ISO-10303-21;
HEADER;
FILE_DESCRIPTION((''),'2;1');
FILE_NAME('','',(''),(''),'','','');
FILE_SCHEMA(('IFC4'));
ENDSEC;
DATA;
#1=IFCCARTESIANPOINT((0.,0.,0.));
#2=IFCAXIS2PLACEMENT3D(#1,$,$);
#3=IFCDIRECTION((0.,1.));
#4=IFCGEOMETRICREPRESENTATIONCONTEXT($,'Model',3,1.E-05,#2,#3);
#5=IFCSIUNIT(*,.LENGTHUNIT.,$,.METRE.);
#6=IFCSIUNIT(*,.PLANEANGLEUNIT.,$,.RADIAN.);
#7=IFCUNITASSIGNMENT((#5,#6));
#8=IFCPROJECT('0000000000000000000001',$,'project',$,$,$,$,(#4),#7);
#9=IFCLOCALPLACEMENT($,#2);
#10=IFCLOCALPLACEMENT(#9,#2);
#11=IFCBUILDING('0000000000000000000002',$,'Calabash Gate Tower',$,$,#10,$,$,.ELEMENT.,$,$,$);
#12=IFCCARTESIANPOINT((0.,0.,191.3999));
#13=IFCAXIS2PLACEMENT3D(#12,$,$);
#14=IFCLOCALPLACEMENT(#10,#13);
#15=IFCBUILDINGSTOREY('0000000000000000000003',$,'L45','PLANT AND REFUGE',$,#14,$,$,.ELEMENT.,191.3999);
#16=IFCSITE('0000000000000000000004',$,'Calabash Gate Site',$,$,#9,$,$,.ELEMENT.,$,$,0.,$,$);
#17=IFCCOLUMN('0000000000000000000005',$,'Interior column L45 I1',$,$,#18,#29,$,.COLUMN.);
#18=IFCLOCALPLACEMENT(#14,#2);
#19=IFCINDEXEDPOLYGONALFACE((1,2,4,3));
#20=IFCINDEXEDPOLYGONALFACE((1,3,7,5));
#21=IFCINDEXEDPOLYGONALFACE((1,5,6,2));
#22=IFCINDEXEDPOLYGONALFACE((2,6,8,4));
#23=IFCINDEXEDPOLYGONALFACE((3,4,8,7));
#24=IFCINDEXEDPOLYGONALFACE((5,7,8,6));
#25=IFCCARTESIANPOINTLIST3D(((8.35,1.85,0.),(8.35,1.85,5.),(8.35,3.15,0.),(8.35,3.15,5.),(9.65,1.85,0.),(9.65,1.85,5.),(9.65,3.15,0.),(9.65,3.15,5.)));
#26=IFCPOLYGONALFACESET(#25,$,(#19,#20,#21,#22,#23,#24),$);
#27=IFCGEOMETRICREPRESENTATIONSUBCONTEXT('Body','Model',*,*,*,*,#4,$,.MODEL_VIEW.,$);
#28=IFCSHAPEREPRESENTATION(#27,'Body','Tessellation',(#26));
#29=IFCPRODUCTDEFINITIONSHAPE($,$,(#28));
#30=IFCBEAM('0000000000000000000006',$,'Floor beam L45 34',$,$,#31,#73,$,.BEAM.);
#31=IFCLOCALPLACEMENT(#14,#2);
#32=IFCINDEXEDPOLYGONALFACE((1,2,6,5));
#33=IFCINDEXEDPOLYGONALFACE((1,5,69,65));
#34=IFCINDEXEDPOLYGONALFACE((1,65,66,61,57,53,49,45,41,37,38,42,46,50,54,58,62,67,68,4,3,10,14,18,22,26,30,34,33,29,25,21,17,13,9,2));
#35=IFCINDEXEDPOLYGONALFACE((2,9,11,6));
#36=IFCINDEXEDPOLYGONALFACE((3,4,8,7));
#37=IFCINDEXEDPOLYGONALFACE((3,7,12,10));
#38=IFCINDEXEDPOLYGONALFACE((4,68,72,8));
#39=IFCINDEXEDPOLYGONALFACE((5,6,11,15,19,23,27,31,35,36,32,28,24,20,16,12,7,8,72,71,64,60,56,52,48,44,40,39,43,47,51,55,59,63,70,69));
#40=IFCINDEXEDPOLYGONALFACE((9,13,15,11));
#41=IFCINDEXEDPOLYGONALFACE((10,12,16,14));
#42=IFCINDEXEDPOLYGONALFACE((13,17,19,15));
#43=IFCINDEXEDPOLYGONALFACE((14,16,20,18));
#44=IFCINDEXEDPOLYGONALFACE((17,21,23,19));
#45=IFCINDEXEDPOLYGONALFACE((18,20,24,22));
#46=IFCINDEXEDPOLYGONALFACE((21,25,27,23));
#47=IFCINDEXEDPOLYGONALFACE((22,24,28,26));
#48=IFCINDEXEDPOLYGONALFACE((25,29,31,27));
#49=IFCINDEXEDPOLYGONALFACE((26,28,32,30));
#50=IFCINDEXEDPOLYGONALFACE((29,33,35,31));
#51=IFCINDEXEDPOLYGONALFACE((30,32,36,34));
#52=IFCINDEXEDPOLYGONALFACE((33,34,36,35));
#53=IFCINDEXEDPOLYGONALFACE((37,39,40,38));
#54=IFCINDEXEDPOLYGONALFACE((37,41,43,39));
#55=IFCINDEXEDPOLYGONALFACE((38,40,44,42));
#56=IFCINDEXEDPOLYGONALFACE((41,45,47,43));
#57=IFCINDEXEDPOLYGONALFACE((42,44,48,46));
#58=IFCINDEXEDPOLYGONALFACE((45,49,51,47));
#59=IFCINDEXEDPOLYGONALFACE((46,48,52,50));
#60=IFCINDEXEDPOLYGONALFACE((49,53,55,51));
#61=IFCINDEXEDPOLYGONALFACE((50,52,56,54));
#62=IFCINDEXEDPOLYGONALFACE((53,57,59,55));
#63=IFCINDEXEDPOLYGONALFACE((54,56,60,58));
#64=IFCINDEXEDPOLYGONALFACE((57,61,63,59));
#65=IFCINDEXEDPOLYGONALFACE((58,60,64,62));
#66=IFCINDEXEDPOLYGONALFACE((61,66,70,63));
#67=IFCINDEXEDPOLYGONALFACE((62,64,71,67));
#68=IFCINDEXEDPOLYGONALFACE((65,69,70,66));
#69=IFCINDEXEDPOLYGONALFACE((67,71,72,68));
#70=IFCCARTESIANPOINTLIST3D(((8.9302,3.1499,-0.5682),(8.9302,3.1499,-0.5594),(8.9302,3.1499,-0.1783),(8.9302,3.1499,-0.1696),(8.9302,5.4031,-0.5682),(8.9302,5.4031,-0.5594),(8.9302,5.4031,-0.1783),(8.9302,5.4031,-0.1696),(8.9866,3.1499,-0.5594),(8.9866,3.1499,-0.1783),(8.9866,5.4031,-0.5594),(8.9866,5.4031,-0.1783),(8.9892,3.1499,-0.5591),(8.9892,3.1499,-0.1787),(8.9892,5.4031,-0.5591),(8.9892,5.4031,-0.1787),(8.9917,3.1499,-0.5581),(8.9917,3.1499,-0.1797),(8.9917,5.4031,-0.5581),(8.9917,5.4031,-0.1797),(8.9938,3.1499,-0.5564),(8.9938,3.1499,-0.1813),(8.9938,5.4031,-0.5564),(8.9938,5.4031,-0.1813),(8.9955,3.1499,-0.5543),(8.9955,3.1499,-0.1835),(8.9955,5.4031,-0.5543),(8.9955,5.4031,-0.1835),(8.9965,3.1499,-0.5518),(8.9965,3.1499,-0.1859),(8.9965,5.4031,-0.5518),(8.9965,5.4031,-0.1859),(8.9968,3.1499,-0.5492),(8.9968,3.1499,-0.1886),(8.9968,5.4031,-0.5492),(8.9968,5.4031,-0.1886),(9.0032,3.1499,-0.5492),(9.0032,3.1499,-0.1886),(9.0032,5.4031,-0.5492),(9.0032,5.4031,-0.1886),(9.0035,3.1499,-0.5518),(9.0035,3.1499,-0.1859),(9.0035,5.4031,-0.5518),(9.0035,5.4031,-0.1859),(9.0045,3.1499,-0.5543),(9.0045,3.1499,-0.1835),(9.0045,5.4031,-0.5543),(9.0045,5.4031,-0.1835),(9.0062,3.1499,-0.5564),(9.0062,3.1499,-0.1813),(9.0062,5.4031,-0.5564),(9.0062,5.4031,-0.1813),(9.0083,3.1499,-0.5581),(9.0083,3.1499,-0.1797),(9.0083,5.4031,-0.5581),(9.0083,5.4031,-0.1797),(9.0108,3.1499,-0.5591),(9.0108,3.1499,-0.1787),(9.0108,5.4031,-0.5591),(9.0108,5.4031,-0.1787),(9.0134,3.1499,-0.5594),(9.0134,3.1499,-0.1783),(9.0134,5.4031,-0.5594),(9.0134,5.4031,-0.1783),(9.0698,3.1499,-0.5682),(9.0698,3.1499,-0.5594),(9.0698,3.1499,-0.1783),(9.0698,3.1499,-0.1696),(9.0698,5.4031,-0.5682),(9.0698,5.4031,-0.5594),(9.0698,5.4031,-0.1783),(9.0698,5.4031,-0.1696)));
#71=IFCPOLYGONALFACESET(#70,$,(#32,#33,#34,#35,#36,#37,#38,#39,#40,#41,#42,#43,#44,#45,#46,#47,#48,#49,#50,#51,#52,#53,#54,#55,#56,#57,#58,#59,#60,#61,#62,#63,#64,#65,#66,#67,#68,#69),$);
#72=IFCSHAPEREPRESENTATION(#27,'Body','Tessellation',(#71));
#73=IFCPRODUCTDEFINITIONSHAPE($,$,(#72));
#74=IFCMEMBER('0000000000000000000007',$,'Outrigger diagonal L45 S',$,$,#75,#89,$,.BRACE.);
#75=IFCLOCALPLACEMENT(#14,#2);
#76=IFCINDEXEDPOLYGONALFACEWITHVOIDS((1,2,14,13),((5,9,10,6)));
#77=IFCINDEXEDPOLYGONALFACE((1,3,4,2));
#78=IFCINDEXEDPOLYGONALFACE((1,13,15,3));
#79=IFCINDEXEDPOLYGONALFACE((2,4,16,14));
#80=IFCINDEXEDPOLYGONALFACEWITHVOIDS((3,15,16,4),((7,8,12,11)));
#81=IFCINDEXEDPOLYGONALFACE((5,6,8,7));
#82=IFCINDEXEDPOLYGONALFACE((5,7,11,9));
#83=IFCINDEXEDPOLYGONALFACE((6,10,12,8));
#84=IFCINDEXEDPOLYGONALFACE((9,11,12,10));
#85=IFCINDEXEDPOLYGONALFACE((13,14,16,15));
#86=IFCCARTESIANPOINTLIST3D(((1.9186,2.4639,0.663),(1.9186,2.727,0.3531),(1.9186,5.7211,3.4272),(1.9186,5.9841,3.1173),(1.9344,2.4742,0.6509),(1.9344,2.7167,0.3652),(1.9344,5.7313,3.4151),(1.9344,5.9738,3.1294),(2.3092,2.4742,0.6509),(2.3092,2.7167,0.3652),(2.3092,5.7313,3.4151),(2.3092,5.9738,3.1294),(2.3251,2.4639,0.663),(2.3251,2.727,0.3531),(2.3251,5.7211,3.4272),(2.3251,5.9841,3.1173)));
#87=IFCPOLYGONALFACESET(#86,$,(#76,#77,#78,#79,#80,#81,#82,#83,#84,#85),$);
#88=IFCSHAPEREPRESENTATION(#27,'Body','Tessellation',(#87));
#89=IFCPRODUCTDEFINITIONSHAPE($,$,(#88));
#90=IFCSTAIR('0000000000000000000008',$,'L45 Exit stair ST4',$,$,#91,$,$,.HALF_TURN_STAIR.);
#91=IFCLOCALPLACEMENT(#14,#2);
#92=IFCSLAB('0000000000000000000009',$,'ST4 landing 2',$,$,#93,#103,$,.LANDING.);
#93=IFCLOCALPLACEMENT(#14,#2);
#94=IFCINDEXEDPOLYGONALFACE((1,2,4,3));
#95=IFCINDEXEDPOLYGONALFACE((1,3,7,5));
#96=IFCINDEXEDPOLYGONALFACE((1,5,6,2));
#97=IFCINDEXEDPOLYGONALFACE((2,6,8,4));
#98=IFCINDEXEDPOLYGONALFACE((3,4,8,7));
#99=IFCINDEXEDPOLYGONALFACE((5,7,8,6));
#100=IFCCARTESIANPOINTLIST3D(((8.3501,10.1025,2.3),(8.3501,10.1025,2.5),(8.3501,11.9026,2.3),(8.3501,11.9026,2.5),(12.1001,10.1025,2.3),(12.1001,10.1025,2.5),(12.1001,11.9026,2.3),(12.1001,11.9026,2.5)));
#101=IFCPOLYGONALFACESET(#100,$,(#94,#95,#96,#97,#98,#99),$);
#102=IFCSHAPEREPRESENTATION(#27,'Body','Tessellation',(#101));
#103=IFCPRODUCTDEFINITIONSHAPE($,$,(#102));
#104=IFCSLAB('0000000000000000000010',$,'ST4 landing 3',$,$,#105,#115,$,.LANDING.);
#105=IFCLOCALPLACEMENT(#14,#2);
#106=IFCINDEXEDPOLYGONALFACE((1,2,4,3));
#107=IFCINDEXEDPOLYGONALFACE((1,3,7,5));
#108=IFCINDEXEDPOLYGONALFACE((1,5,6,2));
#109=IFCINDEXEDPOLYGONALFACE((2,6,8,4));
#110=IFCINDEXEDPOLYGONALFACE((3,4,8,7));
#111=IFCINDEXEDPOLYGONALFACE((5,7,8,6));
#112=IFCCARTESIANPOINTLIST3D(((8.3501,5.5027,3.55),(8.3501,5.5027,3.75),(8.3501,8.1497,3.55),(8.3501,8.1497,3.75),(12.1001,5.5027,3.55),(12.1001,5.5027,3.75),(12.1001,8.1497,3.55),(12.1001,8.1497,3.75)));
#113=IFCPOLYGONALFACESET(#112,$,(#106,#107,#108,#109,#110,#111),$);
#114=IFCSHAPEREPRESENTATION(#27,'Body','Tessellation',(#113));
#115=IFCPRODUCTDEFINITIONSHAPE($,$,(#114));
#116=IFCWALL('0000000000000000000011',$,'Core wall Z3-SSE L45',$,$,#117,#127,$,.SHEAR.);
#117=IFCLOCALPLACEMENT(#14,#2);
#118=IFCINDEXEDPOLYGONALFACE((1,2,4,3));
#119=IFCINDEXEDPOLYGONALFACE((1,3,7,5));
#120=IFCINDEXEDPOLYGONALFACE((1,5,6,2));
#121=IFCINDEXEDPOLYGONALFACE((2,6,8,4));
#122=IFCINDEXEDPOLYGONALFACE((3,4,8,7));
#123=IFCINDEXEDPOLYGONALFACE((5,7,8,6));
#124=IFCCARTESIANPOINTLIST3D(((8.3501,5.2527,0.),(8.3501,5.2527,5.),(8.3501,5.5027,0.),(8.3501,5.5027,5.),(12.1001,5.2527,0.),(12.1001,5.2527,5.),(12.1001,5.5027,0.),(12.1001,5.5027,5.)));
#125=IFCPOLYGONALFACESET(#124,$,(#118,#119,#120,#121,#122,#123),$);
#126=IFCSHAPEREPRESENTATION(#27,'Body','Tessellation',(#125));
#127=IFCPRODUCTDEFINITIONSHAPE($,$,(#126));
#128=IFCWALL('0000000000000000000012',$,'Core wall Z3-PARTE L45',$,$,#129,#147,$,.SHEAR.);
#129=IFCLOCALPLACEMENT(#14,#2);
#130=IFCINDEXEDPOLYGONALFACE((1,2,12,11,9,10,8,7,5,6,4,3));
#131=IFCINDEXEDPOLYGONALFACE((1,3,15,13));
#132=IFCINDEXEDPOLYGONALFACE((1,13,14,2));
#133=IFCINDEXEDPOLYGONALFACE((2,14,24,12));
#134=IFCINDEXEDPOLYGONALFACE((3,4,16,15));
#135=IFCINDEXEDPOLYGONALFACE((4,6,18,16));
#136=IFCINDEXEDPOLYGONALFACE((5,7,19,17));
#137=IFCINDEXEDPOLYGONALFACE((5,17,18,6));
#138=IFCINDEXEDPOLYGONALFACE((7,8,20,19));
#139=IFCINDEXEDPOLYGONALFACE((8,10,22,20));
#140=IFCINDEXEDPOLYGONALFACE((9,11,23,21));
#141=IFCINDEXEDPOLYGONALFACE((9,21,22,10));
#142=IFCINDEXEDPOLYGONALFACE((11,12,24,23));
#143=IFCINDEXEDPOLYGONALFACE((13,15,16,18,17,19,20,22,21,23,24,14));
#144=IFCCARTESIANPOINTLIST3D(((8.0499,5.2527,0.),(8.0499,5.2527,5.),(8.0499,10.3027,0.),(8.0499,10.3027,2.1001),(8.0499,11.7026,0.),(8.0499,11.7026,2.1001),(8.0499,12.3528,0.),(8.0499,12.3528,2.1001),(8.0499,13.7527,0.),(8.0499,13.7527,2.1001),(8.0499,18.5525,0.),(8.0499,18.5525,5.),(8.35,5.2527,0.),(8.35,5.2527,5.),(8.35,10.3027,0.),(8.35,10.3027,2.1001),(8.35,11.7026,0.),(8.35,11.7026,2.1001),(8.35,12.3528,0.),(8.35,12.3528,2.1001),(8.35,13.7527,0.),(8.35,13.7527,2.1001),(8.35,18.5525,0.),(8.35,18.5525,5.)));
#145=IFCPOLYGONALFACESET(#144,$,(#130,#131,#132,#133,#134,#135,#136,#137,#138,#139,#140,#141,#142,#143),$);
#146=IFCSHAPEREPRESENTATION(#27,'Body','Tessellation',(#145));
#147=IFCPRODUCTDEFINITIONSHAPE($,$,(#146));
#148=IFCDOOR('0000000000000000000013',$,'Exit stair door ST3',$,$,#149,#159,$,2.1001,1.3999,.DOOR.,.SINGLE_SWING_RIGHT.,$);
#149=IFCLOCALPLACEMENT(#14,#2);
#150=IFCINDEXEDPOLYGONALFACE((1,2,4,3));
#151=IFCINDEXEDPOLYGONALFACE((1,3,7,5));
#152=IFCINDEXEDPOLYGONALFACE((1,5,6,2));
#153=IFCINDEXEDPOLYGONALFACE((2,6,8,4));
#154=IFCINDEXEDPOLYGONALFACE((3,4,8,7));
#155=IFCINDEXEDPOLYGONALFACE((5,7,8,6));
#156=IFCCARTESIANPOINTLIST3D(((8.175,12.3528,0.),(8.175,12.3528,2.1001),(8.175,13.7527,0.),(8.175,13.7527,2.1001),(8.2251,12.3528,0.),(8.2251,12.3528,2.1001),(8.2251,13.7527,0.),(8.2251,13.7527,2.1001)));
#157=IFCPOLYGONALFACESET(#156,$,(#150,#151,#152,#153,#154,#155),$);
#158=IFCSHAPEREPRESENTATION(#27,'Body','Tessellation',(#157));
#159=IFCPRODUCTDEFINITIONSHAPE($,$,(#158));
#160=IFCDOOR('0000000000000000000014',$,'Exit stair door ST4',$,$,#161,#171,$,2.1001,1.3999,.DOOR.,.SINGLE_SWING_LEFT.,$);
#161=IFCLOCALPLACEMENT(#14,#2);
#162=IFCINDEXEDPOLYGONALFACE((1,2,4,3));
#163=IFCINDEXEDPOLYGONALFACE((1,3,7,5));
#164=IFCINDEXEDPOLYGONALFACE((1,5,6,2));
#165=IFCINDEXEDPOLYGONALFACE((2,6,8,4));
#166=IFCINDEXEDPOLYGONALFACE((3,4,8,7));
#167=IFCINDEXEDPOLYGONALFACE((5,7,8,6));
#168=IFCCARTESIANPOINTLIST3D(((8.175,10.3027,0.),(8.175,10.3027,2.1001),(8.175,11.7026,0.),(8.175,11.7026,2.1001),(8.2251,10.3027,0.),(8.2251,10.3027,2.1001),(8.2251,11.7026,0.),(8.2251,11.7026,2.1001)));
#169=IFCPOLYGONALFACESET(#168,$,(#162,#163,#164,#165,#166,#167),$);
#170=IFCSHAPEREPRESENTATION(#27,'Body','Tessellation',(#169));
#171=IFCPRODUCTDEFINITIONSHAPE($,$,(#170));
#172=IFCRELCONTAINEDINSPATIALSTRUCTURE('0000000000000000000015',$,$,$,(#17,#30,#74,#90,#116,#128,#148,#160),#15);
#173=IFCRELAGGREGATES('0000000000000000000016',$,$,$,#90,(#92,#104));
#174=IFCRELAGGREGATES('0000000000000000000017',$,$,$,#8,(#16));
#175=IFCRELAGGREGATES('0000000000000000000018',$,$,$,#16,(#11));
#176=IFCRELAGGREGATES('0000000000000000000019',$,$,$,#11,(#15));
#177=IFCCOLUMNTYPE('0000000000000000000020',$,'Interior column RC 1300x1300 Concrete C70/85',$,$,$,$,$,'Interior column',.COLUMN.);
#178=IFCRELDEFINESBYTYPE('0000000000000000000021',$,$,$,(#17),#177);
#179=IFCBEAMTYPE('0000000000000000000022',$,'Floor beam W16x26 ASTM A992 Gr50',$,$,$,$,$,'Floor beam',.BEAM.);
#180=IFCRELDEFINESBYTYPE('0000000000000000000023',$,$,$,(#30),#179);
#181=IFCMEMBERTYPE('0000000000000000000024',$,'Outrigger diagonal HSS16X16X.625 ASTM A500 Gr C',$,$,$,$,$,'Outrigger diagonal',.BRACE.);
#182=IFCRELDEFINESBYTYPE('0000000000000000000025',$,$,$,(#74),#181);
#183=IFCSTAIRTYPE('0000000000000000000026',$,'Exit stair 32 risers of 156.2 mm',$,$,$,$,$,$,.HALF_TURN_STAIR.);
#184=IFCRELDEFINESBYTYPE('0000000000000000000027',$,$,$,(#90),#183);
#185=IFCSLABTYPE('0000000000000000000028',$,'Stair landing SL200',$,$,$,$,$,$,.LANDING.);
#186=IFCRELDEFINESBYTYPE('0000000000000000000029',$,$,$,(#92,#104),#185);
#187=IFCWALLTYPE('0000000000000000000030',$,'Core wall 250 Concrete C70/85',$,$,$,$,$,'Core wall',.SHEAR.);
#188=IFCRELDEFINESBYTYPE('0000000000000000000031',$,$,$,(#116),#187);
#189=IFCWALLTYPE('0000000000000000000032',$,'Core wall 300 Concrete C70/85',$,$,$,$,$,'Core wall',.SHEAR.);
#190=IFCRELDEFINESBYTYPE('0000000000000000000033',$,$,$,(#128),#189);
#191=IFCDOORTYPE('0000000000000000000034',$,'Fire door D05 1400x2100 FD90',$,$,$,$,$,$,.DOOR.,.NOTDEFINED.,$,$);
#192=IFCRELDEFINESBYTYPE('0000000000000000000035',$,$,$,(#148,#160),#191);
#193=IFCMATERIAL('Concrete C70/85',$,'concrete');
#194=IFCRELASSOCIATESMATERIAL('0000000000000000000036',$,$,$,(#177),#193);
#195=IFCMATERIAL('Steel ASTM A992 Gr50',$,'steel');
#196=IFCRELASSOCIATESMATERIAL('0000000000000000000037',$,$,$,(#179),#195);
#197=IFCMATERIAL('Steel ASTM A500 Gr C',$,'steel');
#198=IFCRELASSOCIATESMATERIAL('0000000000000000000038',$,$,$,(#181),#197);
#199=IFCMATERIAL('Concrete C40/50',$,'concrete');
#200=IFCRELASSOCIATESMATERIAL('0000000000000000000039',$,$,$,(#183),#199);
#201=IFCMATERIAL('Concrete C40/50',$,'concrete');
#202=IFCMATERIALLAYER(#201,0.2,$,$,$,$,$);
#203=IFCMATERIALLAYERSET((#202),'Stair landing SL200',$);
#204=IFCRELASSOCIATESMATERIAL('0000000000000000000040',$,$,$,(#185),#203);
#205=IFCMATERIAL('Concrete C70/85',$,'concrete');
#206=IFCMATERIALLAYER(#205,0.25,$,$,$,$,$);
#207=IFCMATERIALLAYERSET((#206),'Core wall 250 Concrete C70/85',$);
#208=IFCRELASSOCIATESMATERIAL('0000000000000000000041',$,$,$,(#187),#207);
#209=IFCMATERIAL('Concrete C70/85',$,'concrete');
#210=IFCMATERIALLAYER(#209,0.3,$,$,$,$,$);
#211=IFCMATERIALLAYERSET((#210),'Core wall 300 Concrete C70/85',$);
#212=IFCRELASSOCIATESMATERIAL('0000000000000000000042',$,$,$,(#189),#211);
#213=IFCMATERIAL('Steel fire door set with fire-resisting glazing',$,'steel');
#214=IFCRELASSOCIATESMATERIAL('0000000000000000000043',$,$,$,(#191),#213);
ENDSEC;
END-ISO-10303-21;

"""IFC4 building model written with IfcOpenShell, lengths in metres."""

from ifc_helpers import new_model, si_unit, direction, frame, frame_2d, origin, origin_2d, place, context, subcontext, project, spatial, polyline, rectangle, hollow_rectangle, i_section, outline, extrude, material, layer, layer_set, material_profile, profile_set, type_object, element, fill, aggregate, save


model = new_model("IFC4")

# Units and contexts
model_context = context("Model", 3, precision=1e-05, world=origin(), true_north=direction((0.0, 1.0)))
body_context = subcontext(model_context, "Body", "Model", "MODEL_VIEW")
ifc_project = project(units=[si_unit("LENGTHUNIT", "METRE"), si_unit("PLANEANGLEUNIT", "RADIAN")], contexts=[model_context])

# Site, building, storey
site_placement = place(None, origin())
site = spatial("IfcSite", under=ifc_project, at=site_placement, Name="Calabash Gate Site", CompositionType="ELEMENT", RefElevation=0.0)
building_placement = place(site_placement, origin())
building = spatial("IfcBuilding", under=site, at=building_placement, Name="Calabash Gate Tower", CompositionType="ELEMENT")
storey_placement = place(building_placement, frame((0.0, 0.0, 191.3999)))
storey = spatial("IfcBuildingStorey", under=building, at=storey_placement, Name="L45", Description="PLANT AND REFUGE", CompositionType="ELEMENT", Elevation=191.3999)

# Column
ifc_material_1 = material(Name="Concrete C70/85", Category="concrete")
ifc_material_profile_1 = material_profile(ifc_material_1, rectangle(XDim=1.3, YDim=1.3, at=origin_2d()))
ifc_profile_set_1 = profile_set([ifc_material_profile_1], Name="Concrete C70/85")
column_type = type_object("IfcColumnType", Name="Interior column RC 1300x1300 Concrete C70/85", ElementType="Interior column", PredefinedType="COLUMN", material=ifc_profile_set_1)
column_placement = place(storey_placement, frame((9.0, 2.5, 0.0), z_axis=(0.0, 0.0, 1.0), x_axis=(1.0, 0.0, 0.0)))
element("IfcColumn", 1, at=column_placement, inside=storey, type_object=column_type, Name="Interior column L45 I1", PredefinedType="COLUMN", context=body_context, shape_type="SweptSolid", body=[
    extrude(rectangle(XDim=1.3, YDim=1.3, at=origin_2d()), origin(), (0.0, 0.0, 1.0), 5.0),
])

# Beam
ifc_material_2 = material(Name="Steel ASTM A992 Gr50", Category="steel")
ifc_material_profile_2 = material_profile(ifc_material_2, i_section(OverallWidth=0.1396, OverallDepth=0.3987, WebThickness=0.0063, FlangeThickness=0.0088, FilletRadius=0.0103, at=origin_2d()))
ifc_profile_set_2 = profile_set([ifc_material_profile_2], Name="Steel ASTM A992 Gr50")
beam_type = type_object("IfcBeamType", Name="Floor beam W16x26 ASTM A992 Gr50", ElementType="Floor beam", PredefinedType="BEAM", material=ifc_profile_set_2)
beam_placement = place(storey_placement, frame((9.0, 3.1499, -0.3689), z_axis=(0.0, 1.0, 0.0), x_axis=(-1.0, 0.0, 0.0)))
element("IfcBeam", 2, at=beam_placement, inside=storey, type_object=beam_type, Name="Floor beam L45 34", PredefinedType="BEAM", context=body_context, shape_type="SweptSolid", body=[
    extrude(i_section(OverallWidth=0.1396, OverallDepth=0.3987, WebThickness=0.0063, FlangeThickness=0.0088, FilletRadius=0.0103, at=origin_2d()), origin(), (0.0, 0.0, 1.0), 2.2532),
])

# Member
ifc_material_3 = material(Name="Steel ASTM A500 Gr C", Category="steel")
ifc_material_profile_3 = material_profile(ifc_material_3, hollow_rectangle(XDim=0.4065, YDim=0.4065, WallThickness=0.0159, at=origin_2d()))
ifc_profile_set_3 = profile_set([ifc_material_profile_3], Name="Steel ASTM A500 Gr C")
member_type = type_object("IfcMemberType", Name="Outrigger diagonal HSS16X16X.625 ASTM A500 Gr C", ElementType="Outrigger diagonal", PredefinedType="BRACE", material=ifc_profile_set_3)
member_placement = place(storey_placement, frame((2.1218, 2.5955, 0.5081), z_axis=(0.0, 0.762442, 0.647056), x_axis=(-1.0, 0.0, 0.0)))
element("IfcMember", 3, at=member_placement, inside=storey, type_object=member_type, Name="Outrigger diagonal L45 S", PredefinedType="BRACE", context=body_context, shape_type="SweptSolid", body=[
    extrude(hollow_rectangle(XDim=0.4065, YDim=0.4065, WallThickness=0.0159, at=origin_2d()), origin(), (0.0, 0.0, 1.0), 4.272),
])

# Stair, slabs
ifc_material_4 = material(Name="Concrete C40/50", Category="concrete")
stair_type = type_object("IfcStairType", Name="Exit stair 32 risers of 156.2 mm", PredefinedType="HALF_TURN_STAIR", material=ifc_material_4)
stair_placement = place(storey_placement, origin())
stair = element("IfcStair", 4, at=stair_placement, inside=storey, type_object=stair_type, Name="L45 Exit stair ST4", PredefinedType="HALF_TURN_STAIR")
ifc_material_5 = material(Name="Concrete C40/50", Category="concrete")
ifc_layer_1 = layer(ifc_material_5, 0.2)
ifc_layer_set_1 = layer_set([ifc_layer_1], Name="Stair landing SL200")
slab_type = type_object("IfcSlabType", Name="Stair landing SL200", PredefinedType="LANDING", material=ifc_layer_set_1)
slab_1_placement = place(storey_placement, frame((0.0, 0.0, 2.3)))
slab_1 = element("IfcSlab", 5, at=slab_1_placement, type_object=slab_type, Name="ST4 landing 2", PredefinedType="LANDING", context=body_context, shape_type="SweptSolid", body=[
    extrude(outline(polyline([(8.3501, 11.9026), (8.3501, 10.1025), (12.1001, 10.1025), (12.1001, 11.9026), (8.3501, 11.9026)])), origin(), (0.0, 0.0, 1.0), 0.2),
])
slab_2_placement = place(storey_placement, frame((0.0, 0.0, 3.55)))
slab_2 = element("IfcSlab", 6, at=slab_2_placement, type_object=slab_type, Name="ST4 landing 3", PredefinedType="LANDING", context=body_context, shape_type="SweptSolid", body=[
    extrude(outline(polyline([(8.3501, 8.1497), (8.3501, 5.5027), (12.1001, 5.5027), (12.1001, 8.1497), (8.3501, 8.1497)])), origin(), (0.0, 0.0, 1.0), 0.2),
])
aggregate(stair, [slab_1, slab_2])

# Wall
ifc_material_6 = material(Name="Concrete C70/85", Category="concrete")
ifc_layer_2 = layer(ifc_material_6, 0.25)
ifc_layer_set_2 = layer_set([ifc_layer_2], Name="Core wall 250 Concrete C70/85")
wall_type_1 = type_object("IfcWallType", Name="Core wall 250 Concrete C70/85", ElementType="Core wall", PredefinedType="SHEAR", material=ifc_layer_set_2)
wall_1_placement = place(storey_placement, frame((8.3501, 5.3777, 0.0), z_axis=(0.0, 0.0, 1.0), x_axis=(1.0, 0.0, 0.0)))
element("IfcWall", 7, at=wall_1_placement, inside=storey, type_object=wall_type_1, Name="Core wall Z3-SSE L45", PredefinedType="SHEAR", context=body_context, shape_type="SweptSolid", body=[
    extrude(rectangle(XDim=3.75, YDim=0.25, at=frame_2d((1.875, 0.0))), origin(), (0.0, 0.0, 1.0), 5.0),
])

# Wall, openings, doors
ifc_material_7 = material(Name="Concrete C70/85", Category="concrete")
ifc_layer_3 = layer(ifc_material_7, 0.3)
ifc_layer_set_3 = layer_set([ifc_layer_3], Name="Core wall 300 Concrete C70/85")
wall_type_2 = type_object("IfcWallType", Name="Core wall 300 Concrete C70/85", ElementType="Core wall", PredefinedType="SHEAR", material=ifc_layer_set_3)
wall_2_placement = place(storey_placement, frame((8.2, 5.2527, 0.0), z_axis=(0.0, 0.0, 1.0), x_axis=(0.0, 1.0, 0.0)))
wall_2 = element("IfcWall", 8, at=wall_2_placement, inside=storey, type_object=wall_type_2, Name="Core wall Z3-PARTE L45", PredefinedType="SHEAR", context=body_context, shape_type="SweptSolid", body=[
    extrude(rectangle(XDim=13.2998, YDim=0.3, at=frame_2d((6.6499, 0.0))), origin(), (0.0, 0.0, 1.0), 5.0),
])
opening_1_placement = place(wall_2_placement, frame((7.1001, 0.0, 0.0)))
opening_1 = element("IfcOpeningElement", 9, at=opening_1_placement, cuts=wall_2, PredefinedType="OPENING", context=body_context, shape_type="SweptSolid", body=[
    extrude(rectangle(XDim=1.3999, YDim=2.1001, at=frame_2d((0.7, 1.05))), frame((0.0, 0.1599, 0.0), z_axis=(0.0, -1.0, 0.0), x_axis=(1.0, 0.0, 0.0)), (0.0, 0.0, 1.0), 0.3201),
])
opening_2_placement = place(wall_2_placement, frame((5.05, 0.0, 0.0)))
opening_2 = element("IfcOpeningElement", 10, at=opening_2_placement, cuts=wall_2, PredefinedType="OPENING", context=body_context, shape_type="SweptSolid", body=[
    extrude(rectangle(XDim=1.3999, YDim=2.1001, at=frame_2d((0.7, 1.05))), frame((0.0, 0.1599, 0.0), z_axis=(0.0, -1.0, 0.0), x_axis=(1.0, 0.0, 0.0)), (0.0, 0.0, 1.0), 0.3201),
])
ifc_material_8 = material(Name="Steel fire door set with fire-resisting glazing", Category="steel")
door_type_1 = type_object("IfcDoorType", Name="Fire door D05 1400x2100 FD90", OperationType="NOTDEFINED", PredefinedType="DOOR", material=ifc_material_8)
door_1_placement = place(opening_1_placement, origin())
door_1 = element("IfcDoor", 11, at=door_1_placement, inside=storey, type_object=door_type_1, Name="Exit stair door ST3", OperationType="SINGLE_SWING_RIGHT", OverallHeight=2.1001, OverallWidth=1.3999, PredefinedType="DOOR", context=body_context, shape_type="SweptSolid", body=[
    extrude(rectangle(XDim=1.3999, YDim=2.1001, at=frame_2d((0.7, 1.05))), frame((0.0, 0.0249, 0.0), z_axis=(0.0, -1.0, 0.0), x_axis=(1.0, 0.0, 0.0)), (0.0, 0.0, 1.0), 0.05),
])
fill(opening_1, door_1)
door_2_placement = place(opening_2_placement, origin())
door_2 = element("IfcDoor", 12, at=door_2_placement, inside=storey, type_object=door_type_1, Name="Exit stair door ST4", OperationType="SINGLE_SWING_LEFT", OverallHeight=2.1001, OverallWidth=1.3999, PredefinedType="DOOR", context=body_context, shape_type="SweptSolid", body=[
    extrude(rectangle(XDim=1.3999, YDim=2.1001, at=frame_2d((0.7, 1.05))), frame((0.0, 0.0249, 0.0), z_axis=(0.0, -1.0, 0.0), x_axis=(1.0, 0.0, 0.0)), (0.0, 0.0, 1.0), 0.05),
])
fill(opening_2, door_2)

save(model, "model.ifc")
